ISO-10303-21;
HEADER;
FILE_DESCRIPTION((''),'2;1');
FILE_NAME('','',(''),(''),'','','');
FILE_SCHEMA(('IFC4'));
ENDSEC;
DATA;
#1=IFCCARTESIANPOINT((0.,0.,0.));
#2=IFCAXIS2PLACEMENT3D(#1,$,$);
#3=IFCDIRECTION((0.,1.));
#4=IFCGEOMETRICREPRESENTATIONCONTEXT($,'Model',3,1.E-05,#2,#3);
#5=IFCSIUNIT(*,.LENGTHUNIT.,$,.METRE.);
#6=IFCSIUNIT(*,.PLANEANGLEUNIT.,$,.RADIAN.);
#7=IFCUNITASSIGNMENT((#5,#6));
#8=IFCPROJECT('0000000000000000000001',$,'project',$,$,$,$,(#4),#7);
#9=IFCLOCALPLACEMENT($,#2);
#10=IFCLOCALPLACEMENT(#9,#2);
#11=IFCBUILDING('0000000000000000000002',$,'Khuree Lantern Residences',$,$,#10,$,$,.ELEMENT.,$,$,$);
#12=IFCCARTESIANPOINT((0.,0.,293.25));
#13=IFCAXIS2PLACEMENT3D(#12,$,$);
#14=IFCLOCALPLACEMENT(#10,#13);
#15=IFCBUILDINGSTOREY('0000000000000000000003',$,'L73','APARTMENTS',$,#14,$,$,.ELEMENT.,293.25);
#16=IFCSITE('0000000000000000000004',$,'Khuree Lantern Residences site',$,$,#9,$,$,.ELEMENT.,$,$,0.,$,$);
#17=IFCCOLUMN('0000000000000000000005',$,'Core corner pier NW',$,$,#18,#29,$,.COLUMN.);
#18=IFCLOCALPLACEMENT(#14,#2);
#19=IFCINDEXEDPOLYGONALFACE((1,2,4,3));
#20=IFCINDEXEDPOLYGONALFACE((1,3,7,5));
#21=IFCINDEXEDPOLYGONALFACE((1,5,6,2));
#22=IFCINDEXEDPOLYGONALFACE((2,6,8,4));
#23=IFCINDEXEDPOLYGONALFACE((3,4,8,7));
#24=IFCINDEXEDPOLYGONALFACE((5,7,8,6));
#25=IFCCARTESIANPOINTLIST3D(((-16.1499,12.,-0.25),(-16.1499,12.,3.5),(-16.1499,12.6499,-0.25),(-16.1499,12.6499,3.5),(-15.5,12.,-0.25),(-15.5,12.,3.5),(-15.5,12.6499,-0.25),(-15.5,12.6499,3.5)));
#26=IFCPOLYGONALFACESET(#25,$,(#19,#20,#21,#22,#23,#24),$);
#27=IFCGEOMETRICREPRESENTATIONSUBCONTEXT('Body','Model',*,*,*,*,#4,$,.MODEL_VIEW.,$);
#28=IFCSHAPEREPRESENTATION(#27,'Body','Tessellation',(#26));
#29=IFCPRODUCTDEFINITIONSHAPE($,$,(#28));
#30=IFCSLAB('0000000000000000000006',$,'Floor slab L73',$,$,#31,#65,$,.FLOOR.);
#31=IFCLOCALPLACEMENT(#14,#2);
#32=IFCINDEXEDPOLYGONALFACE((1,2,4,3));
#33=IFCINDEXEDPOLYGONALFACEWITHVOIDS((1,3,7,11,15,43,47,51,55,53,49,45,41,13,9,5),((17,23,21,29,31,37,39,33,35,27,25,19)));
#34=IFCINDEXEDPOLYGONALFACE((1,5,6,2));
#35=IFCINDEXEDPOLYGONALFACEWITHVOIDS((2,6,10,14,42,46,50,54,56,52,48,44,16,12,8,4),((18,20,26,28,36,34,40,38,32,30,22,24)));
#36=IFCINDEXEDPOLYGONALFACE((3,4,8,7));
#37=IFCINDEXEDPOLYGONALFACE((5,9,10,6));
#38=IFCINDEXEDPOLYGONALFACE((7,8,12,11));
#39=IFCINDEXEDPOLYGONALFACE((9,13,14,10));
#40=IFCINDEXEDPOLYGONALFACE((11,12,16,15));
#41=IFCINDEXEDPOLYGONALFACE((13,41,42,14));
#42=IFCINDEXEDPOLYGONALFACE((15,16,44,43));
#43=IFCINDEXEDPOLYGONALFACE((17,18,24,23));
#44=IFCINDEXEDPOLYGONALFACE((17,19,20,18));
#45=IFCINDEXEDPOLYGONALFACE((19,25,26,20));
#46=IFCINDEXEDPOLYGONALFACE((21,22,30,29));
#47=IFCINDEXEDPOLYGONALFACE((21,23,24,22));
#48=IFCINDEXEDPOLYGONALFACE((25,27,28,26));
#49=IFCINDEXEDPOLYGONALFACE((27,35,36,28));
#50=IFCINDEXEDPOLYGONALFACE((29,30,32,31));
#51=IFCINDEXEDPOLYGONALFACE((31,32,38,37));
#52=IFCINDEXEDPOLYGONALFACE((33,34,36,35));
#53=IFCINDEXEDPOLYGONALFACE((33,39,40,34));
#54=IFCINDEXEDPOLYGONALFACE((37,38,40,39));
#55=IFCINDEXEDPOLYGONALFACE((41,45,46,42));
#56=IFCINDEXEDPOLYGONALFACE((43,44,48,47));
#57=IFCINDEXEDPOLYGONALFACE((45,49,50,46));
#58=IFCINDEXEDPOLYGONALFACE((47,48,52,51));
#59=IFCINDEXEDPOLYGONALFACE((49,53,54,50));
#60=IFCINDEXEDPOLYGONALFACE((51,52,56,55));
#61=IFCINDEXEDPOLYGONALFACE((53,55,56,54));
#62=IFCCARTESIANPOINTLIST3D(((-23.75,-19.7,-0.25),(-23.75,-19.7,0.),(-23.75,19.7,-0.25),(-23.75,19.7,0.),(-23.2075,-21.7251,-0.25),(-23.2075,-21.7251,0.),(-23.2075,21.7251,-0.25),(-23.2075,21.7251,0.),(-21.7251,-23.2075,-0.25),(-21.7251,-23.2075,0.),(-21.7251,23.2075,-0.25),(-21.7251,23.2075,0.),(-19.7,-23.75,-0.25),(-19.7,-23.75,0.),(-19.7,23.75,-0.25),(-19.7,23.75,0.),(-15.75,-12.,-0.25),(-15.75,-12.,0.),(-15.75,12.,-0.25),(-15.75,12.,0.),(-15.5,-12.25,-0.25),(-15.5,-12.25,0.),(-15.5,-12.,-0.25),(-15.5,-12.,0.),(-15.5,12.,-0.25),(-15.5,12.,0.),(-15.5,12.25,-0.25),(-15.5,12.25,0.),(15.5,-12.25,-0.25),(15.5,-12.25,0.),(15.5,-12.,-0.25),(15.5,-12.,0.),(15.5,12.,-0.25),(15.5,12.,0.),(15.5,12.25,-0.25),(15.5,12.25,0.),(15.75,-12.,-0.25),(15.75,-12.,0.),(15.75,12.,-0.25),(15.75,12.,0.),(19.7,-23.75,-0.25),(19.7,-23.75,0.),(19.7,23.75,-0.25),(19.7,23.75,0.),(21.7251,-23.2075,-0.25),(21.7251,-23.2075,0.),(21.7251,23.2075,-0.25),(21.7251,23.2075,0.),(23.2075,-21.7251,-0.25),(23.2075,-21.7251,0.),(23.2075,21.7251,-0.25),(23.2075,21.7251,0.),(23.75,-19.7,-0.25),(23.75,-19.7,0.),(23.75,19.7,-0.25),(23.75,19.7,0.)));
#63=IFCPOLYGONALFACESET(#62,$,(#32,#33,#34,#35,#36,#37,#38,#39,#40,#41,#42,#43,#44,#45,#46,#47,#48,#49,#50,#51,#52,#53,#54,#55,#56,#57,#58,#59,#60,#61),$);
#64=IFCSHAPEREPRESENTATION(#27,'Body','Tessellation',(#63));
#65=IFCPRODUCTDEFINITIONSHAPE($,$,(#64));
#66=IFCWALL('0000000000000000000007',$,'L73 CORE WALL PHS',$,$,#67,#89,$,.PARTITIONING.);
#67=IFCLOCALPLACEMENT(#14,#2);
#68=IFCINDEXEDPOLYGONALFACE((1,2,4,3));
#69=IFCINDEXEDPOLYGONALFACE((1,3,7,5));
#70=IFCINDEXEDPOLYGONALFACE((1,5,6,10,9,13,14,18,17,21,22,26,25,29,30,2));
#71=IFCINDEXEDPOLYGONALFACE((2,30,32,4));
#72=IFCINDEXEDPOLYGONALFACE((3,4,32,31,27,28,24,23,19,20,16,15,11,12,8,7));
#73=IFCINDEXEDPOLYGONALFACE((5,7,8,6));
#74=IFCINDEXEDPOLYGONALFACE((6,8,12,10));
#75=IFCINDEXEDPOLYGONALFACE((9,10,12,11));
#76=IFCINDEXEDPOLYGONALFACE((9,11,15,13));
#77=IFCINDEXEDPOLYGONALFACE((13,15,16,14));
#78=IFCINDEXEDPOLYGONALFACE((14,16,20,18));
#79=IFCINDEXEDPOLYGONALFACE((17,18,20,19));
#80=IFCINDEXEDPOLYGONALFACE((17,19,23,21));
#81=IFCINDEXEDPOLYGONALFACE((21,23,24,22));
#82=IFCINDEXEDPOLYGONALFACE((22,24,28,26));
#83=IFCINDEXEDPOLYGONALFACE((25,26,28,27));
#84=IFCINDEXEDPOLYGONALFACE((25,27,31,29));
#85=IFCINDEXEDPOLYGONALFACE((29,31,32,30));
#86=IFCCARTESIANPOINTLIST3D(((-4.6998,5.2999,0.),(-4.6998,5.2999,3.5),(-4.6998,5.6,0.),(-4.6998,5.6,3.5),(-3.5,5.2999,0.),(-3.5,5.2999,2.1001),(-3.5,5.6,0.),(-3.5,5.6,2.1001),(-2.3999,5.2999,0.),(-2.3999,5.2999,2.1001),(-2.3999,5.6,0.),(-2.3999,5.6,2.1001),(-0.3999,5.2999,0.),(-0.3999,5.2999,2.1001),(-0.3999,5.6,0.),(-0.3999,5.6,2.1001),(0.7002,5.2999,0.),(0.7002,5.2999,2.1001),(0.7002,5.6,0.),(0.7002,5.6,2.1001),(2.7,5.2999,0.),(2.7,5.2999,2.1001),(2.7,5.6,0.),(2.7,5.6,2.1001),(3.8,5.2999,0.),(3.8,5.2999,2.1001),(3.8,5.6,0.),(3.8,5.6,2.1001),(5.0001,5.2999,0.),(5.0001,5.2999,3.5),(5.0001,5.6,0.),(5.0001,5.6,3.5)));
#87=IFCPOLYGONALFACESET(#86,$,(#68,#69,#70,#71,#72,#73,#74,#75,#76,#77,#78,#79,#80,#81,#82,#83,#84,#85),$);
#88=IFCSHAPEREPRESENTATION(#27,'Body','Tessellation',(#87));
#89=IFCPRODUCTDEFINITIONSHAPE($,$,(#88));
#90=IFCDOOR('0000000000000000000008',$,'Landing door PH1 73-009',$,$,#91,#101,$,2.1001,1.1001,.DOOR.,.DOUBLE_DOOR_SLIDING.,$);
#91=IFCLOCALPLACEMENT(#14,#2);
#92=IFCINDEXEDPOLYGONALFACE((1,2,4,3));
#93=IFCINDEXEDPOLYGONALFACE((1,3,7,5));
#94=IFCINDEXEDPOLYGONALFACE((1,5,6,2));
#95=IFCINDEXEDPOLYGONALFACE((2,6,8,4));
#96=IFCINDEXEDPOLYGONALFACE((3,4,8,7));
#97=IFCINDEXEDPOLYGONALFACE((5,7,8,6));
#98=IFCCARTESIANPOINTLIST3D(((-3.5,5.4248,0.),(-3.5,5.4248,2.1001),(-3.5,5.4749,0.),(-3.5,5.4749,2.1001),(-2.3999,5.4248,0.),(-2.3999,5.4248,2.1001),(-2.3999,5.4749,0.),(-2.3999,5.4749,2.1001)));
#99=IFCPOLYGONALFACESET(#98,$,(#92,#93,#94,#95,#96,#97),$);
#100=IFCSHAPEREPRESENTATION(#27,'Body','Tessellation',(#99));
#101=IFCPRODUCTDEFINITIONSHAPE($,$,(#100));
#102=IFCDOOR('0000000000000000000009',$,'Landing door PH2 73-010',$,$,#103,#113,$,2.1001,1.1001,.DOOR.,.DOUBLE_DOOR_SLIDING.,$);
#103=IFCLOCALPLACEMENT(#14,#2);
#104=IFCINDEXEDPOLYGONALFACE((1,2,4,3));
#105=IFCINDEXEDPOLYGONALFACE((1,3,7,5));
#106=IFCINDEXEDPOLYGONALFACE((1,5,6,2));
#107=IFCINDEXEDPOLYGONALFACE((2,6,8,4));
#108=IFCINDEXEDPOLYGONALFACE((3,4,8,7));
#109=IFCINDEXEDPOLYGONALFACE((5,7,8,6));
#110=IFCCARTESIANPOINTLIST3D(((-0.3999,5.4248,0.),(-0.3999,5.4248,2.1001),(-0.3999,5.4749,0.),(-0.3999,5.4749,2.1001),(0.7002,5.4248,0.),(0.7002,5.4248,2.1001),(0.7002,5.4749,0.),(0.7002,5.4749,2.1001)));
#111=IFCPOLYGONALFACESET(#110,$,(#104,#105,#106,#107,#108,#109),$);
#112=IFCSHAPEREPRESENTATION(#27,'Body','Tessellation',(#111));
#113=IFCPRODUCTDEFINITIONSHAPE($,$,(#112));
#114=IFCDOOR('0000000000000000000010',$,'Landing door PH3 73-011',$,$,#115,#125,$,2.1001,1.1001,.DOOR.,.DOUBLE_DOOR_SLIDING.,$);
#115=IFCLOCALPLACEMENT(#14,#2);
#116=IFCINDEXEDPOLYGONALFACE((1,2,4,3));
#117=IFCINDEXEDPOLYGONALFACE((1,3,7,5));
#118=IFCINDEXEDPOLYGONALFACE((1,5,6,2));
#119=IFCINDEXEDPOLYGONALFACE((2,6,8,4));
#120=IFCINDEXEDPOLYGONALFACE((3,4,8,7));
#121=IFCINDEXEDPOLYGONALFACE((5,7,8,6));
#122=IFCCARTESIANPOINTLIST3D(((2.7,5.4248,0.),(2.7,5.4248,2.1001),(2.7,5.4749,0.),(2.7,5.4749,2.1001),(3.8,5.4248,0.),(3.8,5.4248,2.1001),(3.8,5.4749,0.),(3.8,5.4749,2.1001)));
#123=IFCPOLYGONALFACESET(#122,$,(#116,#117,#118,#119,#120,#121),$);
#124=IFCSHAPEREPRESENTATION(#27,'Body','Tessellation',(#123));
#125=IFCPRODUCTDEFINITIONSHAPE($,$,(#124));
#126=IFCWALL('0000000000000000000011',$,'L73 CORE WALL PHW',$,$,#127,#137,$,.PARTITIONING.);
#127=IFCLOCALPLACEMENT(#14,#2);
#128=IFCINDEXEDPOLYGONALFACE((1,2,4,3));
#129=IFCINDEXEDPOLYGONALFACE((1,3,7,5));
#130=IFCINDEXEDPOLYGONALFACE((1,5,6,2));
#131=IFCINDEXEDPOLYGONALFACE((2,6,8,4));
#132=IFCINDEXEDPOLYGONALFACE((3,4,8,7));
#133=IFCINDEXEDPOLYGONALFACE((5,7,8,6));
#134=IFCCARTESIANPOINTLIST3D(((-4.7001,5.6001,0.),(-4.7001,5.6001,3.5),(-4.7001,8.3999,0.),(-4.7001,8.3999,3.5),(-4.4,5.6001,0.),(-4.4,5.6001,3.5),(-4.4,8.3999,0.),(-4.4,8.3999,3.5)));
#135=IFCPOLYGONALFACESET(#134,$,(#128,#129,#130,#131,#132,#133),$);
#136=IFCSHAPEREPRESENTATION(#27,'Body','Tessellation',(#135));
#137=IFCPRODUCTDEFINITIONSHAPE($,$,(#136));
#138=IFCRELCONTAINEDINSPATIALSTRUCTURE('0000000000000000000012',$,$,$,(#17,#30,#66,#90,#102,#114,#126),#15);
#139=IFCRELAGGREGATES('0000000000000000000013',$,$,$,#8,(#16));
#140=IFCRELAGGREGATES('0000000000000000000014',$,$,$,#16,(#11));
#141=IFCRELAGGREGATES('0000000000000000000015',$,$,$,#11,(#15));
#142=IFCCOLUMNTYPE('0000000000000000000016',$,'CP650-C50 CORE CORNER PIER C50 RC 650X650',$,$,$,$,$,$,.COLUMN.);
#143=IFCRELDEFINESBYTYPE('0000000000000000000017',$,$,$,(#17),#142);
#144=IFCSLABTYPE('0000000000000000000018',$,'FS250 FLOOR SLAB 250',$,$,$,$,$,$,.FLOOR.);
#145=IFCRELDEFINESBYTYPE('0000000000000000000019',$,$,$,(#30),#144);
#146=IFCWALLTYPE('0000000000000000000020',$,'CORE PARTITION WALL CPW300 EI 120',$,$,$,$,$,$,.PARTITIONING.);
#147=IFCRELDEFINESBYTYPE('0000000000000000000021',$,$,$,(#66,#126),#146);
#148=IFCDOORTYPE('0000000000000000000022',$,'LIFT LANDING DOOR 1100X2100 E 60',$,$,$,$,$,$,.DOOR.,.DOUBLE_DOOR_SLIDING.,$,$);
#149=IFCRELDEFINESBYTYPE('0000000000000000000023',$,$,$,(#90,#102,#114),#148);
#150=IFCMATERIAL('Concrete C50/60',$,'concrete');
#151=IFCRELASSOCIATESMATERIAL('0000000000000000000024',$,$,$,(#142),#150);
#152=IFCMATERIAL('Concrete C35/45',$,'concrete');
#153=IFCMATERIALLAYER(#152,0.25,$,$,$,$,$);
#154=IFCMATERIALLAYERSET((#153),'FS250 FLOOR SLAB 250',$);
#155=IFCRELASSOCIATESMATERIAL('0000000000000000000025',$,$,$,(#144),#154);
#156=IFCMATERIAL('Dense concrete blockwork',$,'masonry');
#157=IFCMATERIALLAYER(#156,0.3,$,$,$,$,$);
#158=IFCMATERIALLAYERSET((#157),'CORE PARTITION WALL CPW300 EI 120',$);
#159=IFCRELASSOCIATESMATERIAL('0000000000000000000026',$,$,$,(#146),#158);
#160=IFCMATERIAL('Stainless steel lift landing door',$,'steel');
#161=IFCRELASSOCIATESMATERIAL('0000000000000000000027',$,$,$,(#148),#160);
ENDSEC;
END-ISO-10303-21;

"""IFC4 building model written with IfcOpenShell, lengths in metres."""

from ifc_helpers import new_model, si_unit, direction, frame, frame_2d, origin, origin_2d, place, context, subcontext, project, spatial, polyline, rectangle, outline, extrude, material, layer, layer_set, material_profile, profile_set, type_object, element, fill, save


model = new_model("IFC4")

# Units and contexts
model_context = context("Model", 3, precision=1e-05, world=origin(), true_north=direction((0.0, 1.0)))
body_context = subcontext(model_context, "Body", "Model", "MODEL_VIEW")
ifc_project = project(units=[si_unit("LENGTHUNIT", "METRE"), si_unit("PLANEANGLEUNIT", "RADIAN")], contexts=[model_context])

# Site, building, storey
site_placement = place(None, origin())
site = spatial("IfcSite", under=ifc_project, at=site_placement, Name="Khuree Lantern Residences site", CompositionType="ELEMENT", RefElevation=0.0)
building_placement = place(site_placement, origin())
building = spatial("IfcBuilding", under=site, at=building_placement, Name="Khuree Lantern Residences", CompositionType="ELEMENT")
storey_placement = place(building_placement, frame((0.0, 0.0, 293.25)))
storey = spatial("IfcBuildingStorey", under=building, at=storey_placement, Name="L73", Description="APARTMENTS", CompositionType="ELEMENT", Elevation=293.25)

# Column
ifc_material_1 = material(Name="Concrete C50/60", Category="concrete")
ifc_material_profile = material_profile(ifc_material_1, rectangle(XDim=0.6499, YDim=0.6499, at=origin_2d()), Name="RC 650X650")
ifc_profile_set = profile_set([ifc_material_profile], Name="Concrete C50/60")
column_type = type_object("IfcColumnType", Name="CP650-C50 CORE CORNER PIER C50 RC 650X650", PredefinedType="COLUMN", material=ifc_profile_set)
column_placement = place(storey_placement, frame((-15.825, 12.325, -0.25), z_axis=(0.0, 0.0, 1.0), x_axis=(1.0, 0.0, 0.0)))
element("IfcColumn", 1, at=column_placement, inside=storey, type_object=column_type, Name="Core corner pier NW", PredefinedType="COLUMN", context=body_context, shape_type="SweptSolid", body=[
    extrude(rectangle(XDim=0.6499, YDim=0.6499, at=origin_2d()), origin(), (0.0, 0.0, 1.0), 3.75),
])

# Slab
ifc_material_2 = material(Name="Concrete C35/45", Category="concrete")
ifc_layer_1 = layer(ifc_material_2, 0.25)
ifc_layer_set_1 = layer_set([ifc_layer_1], Name="FS250 FLOOR SLAB 250")
slab_type = type_object("IfcSlabType", Name="FS250 FLOOR SLAB 250", PredefinedType="FLOOR", material=ifc_layer_set_1)
slab_placement = place(storey_placement, frame((0.0, 0.0, -0.25)))
element("IfcSlab", 2, at=slab_placement, inside=storey, type_object=slab_type, Name="Floor slab L73", PredefinedType="FLOOR", context=body_context, shape_type="SweptSolid", body=[
    extrude(outline(polyline([(-21.7251, -23.2075), (-23.2075, -21.7251), (-23.75, -19.7), (-23.75, 19.7), (-23.2075, 21.7251), (-21.7251, 23.2075), (-19.7, 23.75), (19.7, 23.75), (21.7251, 23.2075), (23.2075, 21.7251), (23.75, 19.7), (23.75, -19.7), (23.2075, -21.7251), (21.7251, -23.2075), (19.7, -23.75), (-19.7, -23.75), (-21.7251, -23.2075)]), holes=[polyline([(15.75, 12.0), (15.5, 12.0), (15.5, 12.25), (-15.5, 12.25), (-15.5, 12.0), (-15.75, 12.0), (-15.75, -12.0), (-15.5, -12.0), (-15.5, -12.25), (15.5, -12.25), (15.5, -12.0), (15.75, -12.0), (15.75, 12.0)])]), origin(), (0.0, 0.0, 1.0), 0.25),
])

# Wall, openings, doors
ifc_material_3 = material(Name="Dense concrete blockwork", Category="masonry")
ifc_layer_2 = layer(ifc_material_3, 0.3)
ifc_layer_set_2 = layer_set([ifc_layer_2], Name="CORE PARTITION WALL CPW300 EI 120")
wall_type_1 = type_object("IfcWallType", Name="CORE PARTITION WALL CPW300 EI 120", PredefinedType="PARTITIONING", material=ifc_layer_set_2)
wall_1_placement = place(storey_placement, frame((-4.7, 5.45, 0.0), z_axis=(0.0, 0.0, 1.0), x_axis=(1.0, 0.0, 0.0)))
wall_1 = element("IfcWall", 3, at=wall_1_placement, inside=storey, type_object=wall_type_1, Name="L73 CORE WALL PHS", PredefinedType="PARTITIONING", context=body_context, shape_type="SweptSolid", body=[
    extrude(rectangle(XDim=9.7, YDim=0.3, at=frame_2d((4.8501, 0.0))), origin(), (0.0, 0.0, 1.0), 3.5),
])
opening_1_placement = place(wall_1_placement, frame((1.2, 0.0, 0.0)))
opening_1 = element("IfcOpeningElement", 4, at=opening_1_placement, cuts=wall_1, PredefinedType="OPENING", context=body_context, shape_type="SweptSolid", body=[
    extrude(rectangle(XDim=1.1001, YDim=2.1001, at=frame_2d((0.55, 1.05))), frame((0.0, 0.1602, 0.0), z_axis=(0.0, -1.0, 0.0), x_axis=(1.0, 0.0, 0.0)), (0.0, 0.0, 1.0), 0.3201),
])
opening_2_placement = place(wall_1_placement, frame((4.3, 0.0, 0.0)))
opening_2 = element("IfcOpeningElement", 5, at=opening_2_placement, cuts=wall_1, PredefinedType="OPENING", context=body_context, shape_type="SweptSolid", body=[
    extrude(rectangle(XDim=1.1001, YDim=2.1001, at=frame_2d((0.55, 1.05))), frame((0.0, 0.1602, 0.0), z_axis=(0.0, -1.0, 0.0), x_axis=(1.0, 0.0, 0.0)), (0.0, 0.0, 1.0), 0.3201),
])
opening_3_placement = place(wall_1_placement, frame((7.3999, 0.0, 0.0)))
opening_3 = element("IfcOpeningElement", 6, at=opening_3_placement, cuts=wall_1, PredefinedType="OPENING", context=body_context, shape_type="SweptSolid", body=[
    extrude(rectangle(XDim=1.1001, YDim=2.1001, at=frame_2d((0.55, 1.05))), frame((0.0, 0.1602, 0.0), z_axis=(0.0, -1.0, 0.0), x_axis=(1.0, 0.0, 0.0)), (0.0, 0.0, 1.0), 0.3201),
])
ifc_material_4 = material(Name="Stainless steel lift landing door", Category="steel")
door_type_1 = type_object("IfcDoorType", Name="LIFT LANDING DOOR 1100X2100 E 60", OperationType="DOUBLE_DOOR_SLIDING", PredefinedType="DOOR", material=ifc_material_4)
door_1_placement = place(opening_1_placement, origin())
door_1 = element("IfcDoor", 7, at=door_1_placement, inside=storey, type_object=door_type_1, Name="Landing door PH1 73-009", OperationType="DOUBLE_DOOR_SLIDING", OverallHeight=2.1001, OverallWidth=1.1001, PredefinedType="DOOR", context=body_context, shape_type="SweptSolid", body=[
    extrude(rectangle(XDim=1.1001, YDim=2.1001, at=frame_2d((0.55, 1.05))), frame((0.0, 0.0249, 0.0), z_axis=(0.0, -1.0, 0.0), x_axis=(1.0, 0.0, 0.0)), (0.0, 0.0, 1.0), 0.05),
])
fill(opening_1, door_1)
door_2_placement = place(opening_2_placement, origin())
door_2 = element("IfcDoor", 8, at=door_2_placement, inside=storey, type_object=door_type_1, Name="Landing door PH2 73-010", OperationType="DOUBLE_DOOR_SLIDING", OverallHeight=2.1001, OverallWidth=1.1001, PredefinedType="DOOR", context=body_context, shape_type="SweptSolid", body=[
    extrude(rectangle(XDim=1.1001, YDim=2.1001, at=frame_2d((0.55, 1.05))), frame((0.0, 0.0249, 0.0), z_axis=(0.0, -1.0, 0.0), x_axis=(1.0, 0.0, 0.0)), (0.0, 0.0, 1.0), 0.05),
])
fill(opening_2, door_2)
door_3_placement = place(opening_3_placement, origin())
door_3 = element("IfcDoor", 9, at=door_3_placement, inside=storey, type_object=door_type_1, Name="Landing door PH3 73-011", OperationType="DOUBLE_DOOR_SLIDING", OverallHeight=2.1001, OverallWidth=1.1001, PredefinedType="DOOR", context=body_context, shape_type="SweptSolid", body=[
    extrude(rectangle(XDim=1.1001, YDim=2.1001, at=frame_2d((0.55, 1.05))), frame((0.0, 0.0249, 0.0), z_axis=(0.0, -1.0, 0.0), x_axis=(1.0, 0.0, 0.0)), (0.0, 0.0, 1.0), 0.05),
])
fill(opening_3, door_3)

# Wall
wall_2_placement = place(storey_placement, frame((-4.55, 5.6001, 0.0), z_axis=(0.0, 0.0, 1.0), x_axis=(0.0, 1.0, 0.0)))
element("IfcWall", 10, at=wall_2_placement, inside=storey, type_object=wall_type_1, Name="L73 CORE WALL PHW", PredefinedType="PARTITIONING", context=body_context, shape_type="SweptSolid", body=[
    extrude(rectangle(XDim=2.7998, YDim=0.3, at=frame_2d((1.3999, 0.0))), origin(), (0.0, 0.0, 1.0), 3.5),
])

save(model, "model.ifc")
